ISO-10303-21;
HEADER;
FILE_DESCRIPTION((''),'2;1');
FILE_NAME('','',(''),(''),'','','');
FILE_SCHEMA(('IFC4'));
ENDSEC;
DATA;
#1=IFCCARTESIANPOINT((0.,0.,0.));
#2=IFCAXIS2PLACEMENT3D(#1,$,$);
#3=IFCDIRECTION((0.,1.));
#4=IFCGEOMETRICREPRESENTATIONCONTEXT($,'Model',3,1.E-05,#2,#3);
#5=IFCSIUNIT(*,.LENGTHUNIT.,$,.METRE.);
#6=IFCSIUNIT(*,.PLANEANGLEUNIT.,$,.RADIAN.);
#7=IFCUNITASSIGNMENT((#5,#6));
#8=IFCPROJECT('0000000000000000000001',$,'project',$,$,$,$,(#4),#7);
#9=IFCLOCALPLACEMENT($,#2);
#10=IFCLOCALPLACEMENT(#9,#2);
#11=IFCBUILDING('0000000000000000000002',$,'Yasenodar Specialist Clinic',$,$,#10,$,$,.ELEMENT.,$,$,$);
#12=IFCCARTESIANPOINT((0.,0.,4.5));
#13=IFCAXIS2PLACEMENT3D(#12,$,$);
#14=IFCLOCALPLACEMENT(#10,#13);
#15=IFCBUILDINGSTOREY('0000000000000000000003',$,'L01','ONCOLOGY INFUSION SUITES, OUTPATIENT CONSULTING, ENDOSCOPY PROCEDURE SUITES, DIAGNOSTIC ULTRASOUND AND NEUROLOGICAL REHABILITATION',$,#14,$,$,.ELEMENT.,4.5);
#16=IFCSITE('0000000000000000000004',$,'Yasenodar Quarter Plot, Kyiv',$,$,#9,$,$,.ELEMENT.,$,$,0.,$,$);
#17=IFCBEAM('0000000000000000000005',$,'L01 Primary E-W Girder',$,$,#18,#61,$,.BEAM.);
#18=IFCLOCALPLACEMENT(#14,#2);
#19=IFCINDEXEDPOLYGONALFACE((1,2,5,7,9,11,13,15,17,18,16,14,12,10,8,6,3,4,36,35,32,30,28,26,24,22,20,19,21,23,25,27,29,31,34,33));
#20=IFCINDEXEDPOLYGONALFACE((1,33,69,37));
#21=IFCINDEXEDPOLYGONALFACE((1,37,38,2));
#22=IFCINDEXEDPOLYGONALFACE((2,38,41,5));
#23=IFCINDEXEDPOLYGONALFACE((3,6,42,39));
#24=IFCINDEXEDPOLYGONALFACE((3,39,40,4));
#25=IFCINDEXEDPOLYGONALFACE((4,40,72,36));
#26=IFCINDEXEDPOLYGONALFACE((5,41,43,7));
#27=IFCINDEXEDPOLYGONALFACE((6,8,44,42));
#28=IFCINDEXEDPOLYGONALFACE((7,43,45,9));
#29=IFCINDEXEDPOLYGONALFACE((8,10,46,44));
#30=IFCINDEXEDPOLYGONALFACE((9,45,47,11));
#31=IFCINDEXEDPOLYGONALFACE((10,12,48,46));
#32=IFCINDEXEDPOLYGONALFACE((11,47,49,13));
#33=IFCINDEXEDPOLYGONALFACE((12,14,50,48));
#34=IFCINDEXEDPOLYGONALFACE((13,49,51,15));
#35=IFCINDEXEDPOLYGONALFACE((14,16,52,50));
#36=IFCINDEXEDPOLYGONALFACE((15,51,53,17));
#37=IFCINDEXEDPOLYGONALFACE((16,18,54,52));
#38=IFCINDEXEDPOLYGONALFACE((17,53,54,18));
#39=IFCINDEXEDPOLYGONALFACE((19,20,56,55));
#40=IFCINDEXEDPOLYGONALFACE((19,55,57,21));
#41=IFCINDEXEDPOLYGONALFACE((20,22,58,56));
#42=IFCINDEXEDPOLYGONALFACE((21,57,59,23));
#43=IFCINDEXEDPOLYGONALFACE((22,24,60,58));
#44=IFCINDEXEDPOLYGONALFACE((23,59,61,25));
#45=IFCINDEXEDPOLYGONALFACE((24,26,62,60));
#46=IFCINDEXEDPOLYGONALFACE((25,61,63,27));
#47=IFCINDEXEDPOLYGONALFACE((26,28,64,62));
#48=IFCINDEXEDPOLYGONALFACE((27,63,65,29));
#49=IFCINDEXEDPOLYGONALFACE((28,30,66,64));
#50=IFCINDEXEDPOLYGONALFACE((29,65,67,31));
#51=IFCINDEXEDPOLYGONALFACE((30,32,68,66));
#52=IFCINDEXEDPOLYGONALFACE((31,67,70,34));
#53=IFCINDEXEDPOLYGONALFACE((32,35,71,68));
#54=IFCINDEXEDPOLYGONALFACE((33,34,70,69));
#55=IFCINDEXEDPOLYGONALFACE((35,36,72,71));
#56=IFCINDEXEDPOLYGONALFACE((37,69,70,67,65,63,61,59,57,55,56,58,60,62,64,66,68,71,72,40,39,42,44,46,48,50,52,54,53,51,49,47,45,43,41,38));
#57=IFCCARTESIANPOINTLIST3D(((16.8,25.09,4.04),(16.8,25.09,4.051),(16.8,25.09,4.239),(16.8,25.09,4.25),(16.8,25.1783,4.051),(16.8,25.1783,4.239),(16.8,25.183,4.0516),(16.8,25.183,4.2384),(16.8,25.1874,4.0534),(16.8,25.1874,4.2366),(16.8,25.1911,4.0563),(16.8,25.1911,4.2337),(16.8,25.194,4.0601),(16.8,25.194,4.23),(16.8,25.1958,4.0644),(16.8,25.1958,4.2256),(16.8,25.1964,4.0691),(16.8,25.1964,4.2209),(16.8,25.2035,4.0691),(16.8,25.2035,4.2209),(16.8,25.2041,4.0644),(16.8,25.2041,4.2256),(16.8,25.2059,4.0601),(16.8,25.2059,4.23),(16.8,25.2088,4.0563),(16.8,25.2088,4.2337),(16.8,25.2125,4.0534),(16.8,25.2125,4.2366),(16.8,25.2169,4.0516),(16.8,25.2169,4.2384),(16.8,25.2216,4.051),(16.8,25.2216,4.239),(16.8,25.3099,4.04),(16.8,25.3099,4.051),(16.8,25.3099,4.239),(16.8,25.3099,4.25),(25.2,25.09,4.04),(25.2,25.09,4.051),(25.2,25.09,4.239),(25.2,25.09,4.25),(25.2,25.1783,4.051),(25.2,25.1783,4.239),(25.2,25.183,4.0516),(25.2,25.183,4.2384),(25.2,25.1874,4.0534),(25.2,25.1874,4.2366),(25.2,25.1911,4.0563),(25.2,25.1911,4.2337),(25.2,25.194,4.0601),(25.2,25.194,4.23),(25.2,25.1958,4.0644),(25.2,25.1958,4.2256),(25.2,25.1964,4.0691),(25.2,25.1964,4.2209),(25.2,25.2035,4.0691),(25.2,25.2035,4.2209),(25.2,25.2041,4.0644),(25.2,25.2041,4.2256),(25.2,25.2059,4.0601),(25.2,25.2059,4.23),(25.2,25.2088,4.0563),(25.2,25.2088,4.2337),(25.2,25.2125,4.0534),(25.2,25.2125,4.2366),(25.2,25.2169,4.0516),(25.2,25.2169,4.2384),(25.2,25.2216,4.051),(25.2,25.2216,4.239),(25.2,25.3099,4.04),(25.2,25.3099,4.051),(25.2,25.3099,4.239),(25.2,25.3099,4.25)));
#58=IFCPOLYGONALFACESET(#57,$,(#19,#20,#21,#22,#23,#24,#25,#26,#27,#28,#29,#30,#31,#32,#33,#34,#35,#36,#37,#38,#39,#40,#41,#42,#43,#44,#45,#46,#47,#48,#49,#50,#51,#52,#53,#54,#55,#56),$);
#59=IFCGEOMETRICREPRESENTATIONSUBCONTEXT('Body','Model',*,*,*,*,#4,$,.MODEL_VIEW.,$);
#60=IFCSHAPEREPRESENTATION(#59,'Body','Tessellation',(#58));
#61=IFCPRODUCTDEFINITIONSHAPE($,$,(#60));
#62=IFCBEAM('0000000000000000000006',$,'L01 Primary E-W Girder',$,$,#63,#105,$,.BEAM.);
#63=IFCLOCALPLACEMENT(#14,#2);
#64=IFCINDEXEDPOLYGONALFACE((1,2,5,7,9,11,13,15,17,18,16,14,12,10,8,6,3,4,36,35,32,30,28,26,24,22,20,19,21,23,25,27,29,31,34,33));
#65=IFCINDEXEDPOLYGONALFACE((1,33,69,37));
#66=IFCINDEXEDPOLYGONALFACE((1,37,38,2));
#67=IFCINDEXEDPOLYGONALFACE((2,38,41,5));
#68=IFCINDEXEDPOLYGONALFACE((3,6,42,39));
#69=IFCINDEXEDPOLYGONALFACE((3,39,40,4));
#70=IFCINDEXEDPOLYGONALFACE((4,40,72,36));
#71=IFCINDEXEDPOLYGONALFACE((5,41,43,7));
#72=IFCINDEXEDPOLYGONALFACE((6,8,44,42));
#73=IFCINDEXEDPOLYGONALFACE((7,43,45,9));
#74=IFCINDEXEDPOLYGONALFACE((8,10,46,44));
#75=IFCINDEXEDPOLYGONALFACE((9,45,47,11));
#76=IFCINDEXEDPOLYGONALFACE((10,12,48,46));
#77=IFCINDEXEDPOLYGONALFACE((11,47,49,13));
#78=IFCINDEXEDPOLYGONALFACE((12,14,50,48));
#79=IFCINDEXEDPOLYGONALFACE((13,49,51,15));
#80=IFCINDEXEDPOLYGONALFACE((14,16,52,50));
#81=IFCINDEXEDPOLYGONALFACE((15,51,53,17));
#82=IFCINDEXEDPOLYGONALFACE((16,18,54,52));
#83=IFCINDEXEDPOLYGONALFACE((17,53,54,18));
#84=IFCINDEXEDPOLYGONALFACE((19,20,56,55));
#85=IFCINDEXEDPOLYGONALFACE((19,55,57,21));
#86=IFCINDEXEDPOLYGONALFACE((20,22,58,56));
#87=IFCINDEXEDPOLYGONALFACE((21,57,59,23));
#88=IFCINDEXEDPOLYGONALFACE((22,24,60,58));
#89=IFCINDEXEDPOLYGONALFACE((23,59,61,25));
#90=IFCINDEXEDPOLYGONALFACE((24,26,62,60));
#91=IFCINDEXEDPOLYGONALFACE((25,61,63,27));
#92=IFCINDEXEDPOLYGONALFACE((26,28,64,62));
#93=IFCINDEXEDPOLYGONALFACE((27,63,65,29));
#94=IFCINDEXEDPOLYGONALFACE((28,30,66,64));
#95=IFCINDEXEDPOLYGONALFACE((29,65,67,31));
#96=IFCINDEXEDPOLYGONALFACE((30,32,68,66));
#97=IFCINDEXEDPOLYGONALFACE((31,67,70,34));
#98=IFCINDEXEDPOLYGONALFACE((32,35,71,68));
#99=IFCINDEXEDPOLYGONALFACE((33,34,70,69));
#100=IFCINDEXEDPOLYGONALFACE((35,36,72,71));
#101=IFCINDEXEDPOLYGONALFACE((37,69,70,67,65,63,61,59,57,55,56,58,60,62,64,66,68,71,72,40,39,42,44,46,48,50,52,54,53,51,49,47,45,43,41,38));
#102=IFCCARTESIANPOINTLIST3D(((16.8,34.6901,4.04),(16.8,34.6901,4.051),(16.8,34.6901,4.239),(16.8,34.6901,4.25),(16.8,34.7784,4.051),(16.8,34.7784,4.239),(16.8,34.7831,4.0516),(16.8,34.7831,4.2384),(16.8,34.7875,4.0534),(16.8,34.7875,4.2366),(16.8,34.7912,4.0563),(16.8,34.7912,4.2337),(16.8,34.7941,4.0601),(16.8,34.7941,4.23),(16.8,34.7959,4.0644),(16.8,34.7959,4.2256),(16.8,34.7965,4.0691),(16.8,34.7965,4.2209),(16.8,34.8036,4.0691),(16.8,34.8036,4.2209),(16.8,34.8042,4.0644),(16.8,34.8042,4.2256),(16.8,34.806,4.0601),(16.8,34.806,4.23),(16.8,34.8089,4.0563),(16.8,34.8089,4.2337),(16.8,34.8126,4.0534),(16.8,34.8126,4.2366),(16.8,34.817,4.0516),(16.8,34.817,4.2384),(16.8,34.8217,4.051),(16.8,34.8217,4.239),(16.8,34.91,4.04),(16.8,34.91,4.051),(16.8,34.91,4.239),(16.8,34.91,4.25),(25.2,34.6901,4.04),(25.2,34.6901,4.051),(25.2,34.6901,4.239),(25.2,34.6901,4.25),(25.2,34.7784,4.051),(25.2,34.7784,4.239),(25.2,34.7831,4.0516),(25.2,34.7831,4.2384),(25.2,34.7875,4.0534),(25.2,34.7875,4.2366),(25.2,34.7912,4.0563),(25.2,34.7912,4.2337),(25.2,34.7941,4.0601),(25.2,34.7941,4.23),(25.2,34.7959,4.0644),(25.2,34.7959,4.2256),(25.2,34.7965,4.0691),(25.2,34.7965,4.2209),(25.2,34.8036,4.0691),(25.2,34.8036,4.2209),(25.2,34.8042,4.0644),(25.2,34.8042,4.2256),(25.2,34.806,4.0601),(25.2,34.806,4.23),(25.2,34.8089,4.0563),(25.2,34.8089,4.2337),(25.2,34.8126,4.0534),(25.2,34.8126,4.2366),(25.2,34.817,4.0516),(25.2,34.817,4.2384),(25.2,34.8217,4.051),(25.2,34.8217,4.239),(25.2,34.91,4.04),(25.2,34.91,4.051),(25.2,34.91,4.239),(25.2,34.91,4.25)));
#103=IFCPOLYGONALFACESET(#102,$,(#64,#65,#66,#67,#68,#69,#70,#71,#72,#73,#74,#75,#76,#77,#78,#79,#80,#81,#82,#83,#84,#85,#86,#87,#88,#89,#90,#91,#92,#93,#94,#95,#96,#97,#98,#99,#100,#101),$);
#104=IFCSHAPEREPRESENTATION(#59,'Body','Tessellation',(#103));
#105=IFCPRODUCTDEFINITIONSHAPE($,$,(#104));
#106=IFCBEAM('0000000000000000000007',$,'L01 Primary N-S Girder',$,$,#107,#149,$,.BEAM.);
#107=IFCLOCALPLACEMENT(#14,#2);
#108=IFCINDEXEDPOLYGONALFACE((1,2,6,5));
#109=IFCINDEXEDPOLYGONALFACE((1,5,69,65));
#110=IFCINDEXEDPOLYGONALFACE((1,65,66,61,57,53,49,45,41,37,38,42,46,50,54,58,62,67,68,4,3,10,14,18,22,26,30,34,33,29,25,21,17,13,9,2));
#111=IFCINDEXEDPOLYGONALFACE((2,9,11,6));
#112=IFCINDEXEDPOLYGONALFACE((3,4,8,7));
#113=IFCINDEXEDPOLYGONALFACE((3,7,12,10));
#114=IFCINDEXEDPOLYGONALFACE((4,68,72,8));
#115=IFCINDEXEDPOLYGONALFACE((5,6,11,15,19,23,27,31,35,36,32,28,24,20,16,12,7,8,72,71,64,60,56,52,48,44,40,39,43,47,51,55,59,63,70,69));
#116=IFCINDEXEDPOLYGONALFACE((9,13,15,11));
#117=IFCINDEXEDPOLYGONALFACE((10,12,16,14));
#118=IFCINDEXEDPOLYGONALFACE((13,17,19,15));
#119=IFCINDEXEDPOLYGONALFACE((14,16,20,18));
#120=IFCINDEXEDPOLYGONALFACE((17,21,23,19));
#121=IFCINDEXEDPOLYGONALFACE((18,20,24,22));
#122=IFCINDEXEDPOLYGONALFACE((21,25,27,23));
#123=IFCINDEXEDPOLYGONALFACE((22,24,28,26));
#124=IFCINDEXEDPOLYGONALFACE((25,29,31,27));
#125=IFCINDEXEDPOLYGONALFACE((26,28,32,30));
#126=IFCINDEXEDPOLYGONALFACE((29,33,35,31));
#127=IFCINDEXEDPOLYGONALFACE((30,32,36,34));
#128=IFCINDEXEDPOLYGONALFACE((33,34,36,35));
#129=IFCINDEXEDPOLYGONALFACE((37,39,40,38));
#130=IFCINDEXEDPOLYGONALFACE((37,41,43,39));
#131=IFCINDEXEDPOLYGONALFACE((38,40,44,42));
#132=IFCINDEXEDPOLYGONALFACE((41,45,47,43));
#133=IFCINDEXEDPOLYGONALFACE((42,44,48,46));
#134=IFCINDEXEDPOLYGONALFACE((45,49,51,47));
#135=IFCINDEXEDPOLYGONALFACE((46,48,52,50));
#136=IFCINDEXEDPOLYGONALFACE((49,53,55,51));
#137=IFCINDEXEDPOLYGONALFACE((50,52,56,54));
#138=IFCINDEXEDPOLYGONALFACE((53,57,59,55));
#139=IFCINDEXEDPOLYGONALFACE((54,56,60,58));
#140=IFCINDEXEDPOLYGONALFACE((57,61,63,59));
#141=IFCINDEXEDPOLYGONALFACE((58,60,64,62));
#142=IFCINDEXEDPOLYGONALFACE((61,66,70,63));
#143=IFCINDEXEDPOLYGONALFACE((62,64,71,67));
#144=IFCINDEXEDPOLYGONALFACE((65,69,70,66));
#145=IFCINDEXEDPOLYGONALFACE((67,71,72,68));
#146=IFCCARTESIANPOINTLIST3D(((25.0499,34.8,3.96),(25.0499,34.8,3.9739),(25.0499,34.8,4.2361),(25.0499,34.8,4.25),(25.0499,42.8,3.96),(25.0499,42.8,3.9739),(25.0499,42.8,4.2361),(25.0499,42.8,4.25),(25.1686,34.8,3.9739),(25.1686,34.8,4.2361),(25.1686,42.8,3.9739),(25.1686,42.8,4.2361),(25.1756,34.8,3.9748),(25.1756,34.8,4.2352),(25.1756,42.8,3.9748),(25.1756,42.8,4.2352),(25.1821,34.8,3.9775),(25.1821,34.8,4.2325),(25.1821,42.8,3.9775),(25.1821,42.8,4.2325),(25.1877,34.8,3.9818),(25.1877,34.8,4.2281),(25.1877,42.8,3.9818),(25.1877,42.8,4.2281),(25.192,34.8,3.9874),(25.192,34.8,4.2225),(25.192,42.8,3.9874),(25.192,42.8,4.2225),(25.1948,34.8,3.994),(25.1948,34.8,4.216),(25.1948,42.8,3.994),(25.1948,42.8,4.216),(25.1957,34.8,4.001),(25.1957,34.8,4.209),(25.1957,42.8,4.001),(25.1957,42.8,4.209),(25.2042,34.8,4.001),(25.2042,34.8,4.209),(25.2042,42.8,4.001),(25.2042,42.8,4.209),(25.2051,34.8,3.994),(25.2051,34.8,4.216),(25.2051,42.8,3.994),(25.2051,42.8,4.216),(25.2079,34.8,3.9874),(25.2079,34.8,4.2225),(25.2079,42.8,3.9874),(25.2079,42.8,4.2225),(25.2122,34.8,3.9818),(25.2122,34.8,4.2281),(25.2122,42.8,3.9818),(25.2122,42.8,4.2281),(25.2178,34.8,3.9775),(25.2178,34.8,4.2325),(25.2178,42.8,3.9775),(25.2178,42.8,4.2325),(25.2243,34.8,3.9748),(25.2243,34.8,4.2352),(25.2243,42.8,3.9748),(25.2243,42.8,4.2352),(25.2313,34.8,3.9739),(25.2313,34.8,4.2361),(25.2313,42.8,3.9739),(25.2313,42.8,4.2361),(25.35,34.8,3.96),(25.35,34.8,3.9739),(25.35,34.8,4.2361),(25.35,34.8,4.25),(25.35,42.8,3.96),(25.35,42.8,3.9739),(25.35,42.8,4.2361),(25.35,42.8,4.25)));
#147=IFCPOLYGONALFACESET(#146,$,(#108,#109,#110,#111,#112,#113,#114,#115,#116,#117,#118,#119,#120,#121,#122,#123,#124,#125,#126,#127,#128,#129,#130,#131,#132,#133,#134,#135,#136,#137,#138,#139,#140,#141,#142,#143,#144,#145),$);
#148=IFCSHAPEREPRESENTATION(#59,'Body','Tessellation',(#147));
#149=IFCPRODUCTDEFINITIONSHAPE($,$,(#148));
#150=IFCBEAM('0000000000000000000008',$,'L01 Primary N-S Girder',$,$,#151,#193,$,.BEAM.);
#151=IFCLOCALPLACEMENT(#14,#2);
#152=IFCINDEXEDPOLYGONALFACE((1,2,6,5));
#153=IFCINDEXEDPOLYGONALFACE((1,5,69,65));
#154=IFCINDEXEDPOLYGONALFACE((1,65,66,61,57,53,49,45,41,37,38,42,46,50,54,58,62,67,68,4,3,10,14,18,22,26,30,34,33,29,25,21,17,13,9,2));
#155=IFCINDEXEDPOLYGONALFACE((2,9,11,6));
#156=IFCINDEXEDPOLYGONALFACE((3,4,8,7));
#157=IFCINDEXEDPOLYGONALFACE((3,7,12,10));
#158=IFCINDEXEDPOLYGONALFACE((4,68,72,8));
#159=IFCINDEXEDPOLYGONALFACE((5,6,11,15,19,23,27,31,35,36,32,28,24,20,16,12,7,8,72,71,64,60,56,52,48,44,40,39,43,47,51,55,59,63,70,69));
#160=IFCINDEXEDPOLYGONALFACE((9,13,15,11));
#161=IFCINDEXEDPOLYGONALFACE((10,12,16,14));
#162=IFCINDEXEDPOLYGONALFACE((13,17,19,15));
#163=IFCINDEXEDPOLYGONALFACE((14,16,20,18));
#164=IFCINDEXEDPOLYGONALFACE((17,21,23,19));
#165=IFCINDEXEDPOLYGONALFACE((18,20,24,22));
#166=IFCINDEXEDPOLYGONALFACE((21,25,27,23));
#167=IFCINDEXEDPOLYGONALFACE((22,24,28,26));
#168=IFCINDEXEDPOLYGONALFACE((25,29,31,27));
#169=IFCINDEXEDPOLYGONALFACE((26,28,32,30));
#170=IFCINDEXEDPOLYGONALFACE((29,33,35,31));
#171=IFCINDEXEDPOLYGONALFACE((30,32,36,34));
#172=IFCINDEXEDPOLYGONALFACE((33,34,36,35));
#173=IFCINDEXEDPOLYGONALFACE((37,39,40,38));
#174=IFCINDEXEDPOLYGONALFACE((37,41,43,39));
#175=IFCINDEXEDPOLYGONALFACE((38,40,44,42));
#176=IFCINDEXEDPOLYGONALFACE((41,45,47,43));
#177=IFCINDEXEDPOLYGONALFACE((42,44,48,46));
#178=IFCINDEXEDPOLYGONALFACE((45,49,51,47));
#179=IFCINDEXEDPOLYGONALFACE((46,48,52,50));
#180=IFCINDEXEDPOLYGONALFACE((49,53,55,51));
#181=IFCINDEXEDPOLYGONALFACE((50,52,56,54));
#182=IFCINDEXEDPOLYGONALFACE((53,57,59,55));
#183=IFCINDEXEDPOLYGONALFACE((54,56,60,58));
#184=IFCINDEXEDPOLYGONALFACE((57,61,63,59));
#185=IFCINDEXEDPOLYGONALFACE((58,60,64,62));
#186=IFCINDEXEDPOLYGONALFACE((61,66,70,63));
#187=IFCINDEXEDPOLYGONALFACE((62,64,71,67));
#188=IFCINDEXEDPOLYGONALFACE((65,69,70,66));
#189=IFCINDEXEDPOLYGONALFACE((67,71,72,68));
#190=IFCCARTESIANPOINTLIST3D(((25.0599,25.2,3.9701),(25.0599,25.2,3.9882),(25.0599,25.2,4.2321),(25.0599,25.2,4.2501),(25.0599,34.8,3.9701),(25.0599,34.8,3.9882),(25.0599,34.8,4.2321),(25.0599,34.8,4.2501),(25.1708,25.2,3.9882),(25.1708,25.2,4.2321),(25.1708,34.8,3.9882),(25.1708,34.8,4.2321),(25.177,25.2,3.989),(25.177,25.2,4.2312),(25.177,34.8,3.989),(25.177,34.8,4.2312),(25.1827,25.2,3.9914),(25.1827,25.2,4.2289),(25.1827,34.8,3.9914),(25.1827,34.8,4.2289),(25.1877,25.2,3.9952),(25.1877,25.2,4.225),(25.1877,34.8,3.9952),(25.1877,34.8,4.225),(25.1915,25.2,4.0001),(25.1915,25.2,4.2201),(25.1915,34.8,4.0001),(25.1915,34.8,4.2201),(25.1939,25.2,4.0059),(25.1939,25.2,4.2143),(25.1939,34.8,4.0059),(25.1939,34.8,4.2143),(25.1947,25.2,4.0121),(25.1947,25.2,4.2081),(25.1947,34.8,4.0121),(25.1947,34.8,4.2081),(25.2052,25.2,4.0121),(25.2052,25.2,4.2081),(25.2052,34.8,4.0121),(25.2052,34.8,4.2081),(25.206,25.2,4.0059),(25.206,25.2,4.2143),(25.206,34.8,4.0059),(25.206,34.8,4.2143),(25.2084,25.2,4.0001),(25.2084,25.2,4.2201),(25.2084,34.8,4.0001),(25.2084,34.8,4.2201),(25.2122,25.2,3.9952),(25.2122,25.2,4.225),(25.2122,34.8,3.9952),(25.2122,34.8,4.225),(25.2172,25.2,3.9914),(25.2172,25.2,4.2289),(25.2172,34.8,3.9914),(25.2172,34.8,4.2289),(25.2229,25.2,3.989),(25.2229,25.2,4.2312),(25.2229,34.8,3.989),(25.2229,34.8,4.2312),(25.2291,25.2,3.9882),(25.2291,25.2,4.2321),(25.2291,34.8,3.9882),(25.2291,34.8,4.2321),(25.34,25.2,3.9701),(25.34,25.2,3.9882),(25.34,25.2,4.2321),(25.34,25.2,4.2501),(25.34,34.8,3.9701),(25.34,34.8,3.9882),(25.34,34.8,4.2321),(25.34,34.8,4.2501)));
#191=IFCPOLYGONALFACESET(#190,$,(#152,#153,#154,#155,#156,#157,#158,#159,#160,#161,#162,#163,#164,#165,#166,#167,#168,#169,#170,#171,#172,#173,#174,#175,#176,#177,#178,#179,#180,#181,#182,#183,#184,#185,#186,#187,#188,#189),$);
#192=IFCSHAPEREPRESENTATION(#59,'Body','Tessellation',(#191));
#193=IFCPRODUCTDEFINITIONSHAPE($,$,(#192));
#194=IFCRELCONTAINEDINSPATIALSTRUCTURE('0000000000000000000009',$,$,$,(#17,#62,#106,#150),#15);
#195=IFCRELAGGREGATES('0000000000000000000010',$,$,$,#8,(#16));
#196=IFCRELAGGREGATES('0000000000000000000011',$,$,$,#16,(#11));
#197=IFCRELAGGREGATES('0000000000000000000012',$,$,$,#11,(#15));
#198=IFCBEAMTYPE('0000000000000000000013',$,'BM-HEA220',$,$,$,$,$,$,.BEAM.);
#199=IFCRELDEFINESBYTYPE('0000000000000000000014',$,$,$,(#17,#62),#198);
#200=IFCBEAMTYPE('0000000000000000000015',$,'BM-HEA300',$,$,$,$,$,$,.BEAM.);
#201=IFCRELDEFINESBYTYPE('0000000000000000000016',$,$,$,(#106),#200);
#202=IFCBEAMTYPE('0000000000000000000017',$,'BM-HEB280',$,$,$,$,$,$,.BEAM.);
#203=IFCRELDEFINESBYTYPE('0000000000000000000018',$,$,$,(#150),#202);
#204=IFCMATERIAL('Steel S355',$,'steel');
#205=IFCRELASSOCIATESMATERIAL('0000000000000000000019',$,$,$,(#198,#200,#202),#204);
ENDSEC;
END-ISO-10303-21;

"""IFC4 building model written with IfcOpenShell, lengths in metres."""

from ifc_helpers import new_model, si_unit, direction, frame, origin, origin_2d, place, context, subcontext, project, spatial, i_section, extrude, material, material_profile, profile_set, type_object, element, save


model = new_model("IFC4")

# Units and contexts
model_context = context("Model", 3, precision=1e-05, world=origin(), true_north=direction((0.0, 1.0)))
body_context = subcontext(model_context, "Body", "Model", "MODEL_VIEW")
ifc_project = project(units=[si_unit("LENGTHUNIT", "METRE"), si_unit("PLANEANGLEUNIT", "RADIAN")], contexts=[model_context])

# Site, building, storey
site_placement = place(None, origin())
site = spatial("IfcSite", under=ifc_project, at=site_placement, Name="Yasenodar Quarter Plot, Kyiv", CompositionType="ELEMENT", RefElevation=0.0)
building_placement = place(site_placement, origin())
building = spatial("IfcBuilding", under=site, at=building_placement, Name="Yasenodar Specialist Clinic", CompositionType="ELEMENT")
storey_placement = place(building_placement, frame((0.0, 0.0, 4.5)))
storey = spatial("IfcBuildingStorey", under=building, at=storey_placement, Name="L01", Description="ONCOLOGY INFUSION SUITES, OUTPATIENT CONSULTING, ENDOSCOPY PROCEDURE SUITES, DIAGNOSTIC ULTRASOUND AND NEUROLOGICAL REHABILITATION", CompositionType="ELEMENT", Elevation=4.5)

# Shared definitions
ifc_material_1 = material(Name="Steel S355", Category="steel")

# Beams
ifc_material_profile_1 = material_profile(ifc_material_1, i_section(OverallWidth=0.22, OverallDepth=0.21, WebThickness=0.0071, FlangeThickness=0.011, FilletRadius=0.0181, at=origin_2d()), Name="HEA 220")
ifc_profile_set_1 = profile_set([ifc_material_profile_1], Name="Steel S355")
beam_type_1 = type_object("IfcBeamType", Name="BM-HEA220", PredefinedType="BEAM", material=ifc_profile_set_1)
for number, where, z_axis, x_axis, name in (
    (1, (16.8, 25.2, 4.145), (1.0, 0.0, 0.0), (0.0, 1.0, 0.0), "L01 Primary E-W Girder"),
    (2, (16.8, 34.8, 4.145), (1.0, 0.0, 0.0), (0.0, 1.0, 0.0), "L01 Primary E-W Girder"),
):
    element("IfcBeam", number, at=place(storey_placement, frame(where, z_axis=z_axis, x_axis=x_axis)), inside=storey, type_object=beam_type_1, Name=name, PredefinedType="BEAM", context=body_context, shape_type="SweptSolid", body=[
        extrude(i_section(OverallWidth=0.22, OverallDepth=0.21, WebThickness=0.0071, FlangeThickness=0.011, FilletRadius=0.0181, at=origin_2d()), origin(), (0.0, 0.0, 1.0), 8.3999),
    ])
ifc_material_profile_2 = material_profile(ifc_material_1, i_section(OverallWidth=0.3, OverallDepth=0.29, WebThickness=0.0085, FlangeThickness=0.0139, FilletRadius=0.0271, at=origin_2d()), Name="HEA 300")
ifc_profile_set_2 = profile_set([ifc_material_profile_2], Name="Steel S355")
beam_type_2 = type_object("IfcBeamType", Name="BM-HEA300", PredefinedType="BEAM", material=ifc_profile_set_2)
beam_1_placement = place(storey_placement, frame((25.2, 34.8, 4.105), z_axis=(0.0, 1.0, 0.0), x_axis=(-1.0, 0.0, 0.0)))
element("IfcBeam", 3, at=beam_1_placement, inside=storey, type_object=beam_type_2, Name="L01 Primary N-S Girder", PredefinedType="BEAM", context=body_context, shape_type="SweptSolid", body=[
    extrude(i_section(OverallWidth=0.3, OverallDepth=0.29, WebThickness=0.0085, FlangeThickness=0.0139, FilletRadius=0.0271, at=origin_2d()), origin(), (0.0, 0.0, 1.0), 8.0),
])
ifc_material_profile_3 = material_profile(ifc_material_1, i_section(OverallWidth=0.28, OverallDepth=0.28, WebThickness=0.0105, FlangeThickness=0.0181, FilletRadius=0.0239, at=origin_2d()), Name="HEB 280")
ifc_profile_set_3 = profile_set([ifc_material_profile_3], Name="Steel S355")
beam_type_3 = type_object("IfcBeamType", Name="BM-HEB280", PredefinedType="BEAM", material=ifc_profile_set_3)
beam_2_placement = place(storey_placement, frame((25.2, 25.2, 4.1101), z_axis=(0.0, 1.0, 0.0), x_axis=(-1.0, 0.0, 0.0)))
element("IfcBeam", 4, at=beam_2_placement, inside=storey, type_object=beam_type_3, Name="L01 Primary N-S Girder", PredefinedType="BEAM", context=body_context, shape_type="SweptSolid", body=[
    extrude(i_section(OverallWidth=0.28, OverallDepth=0.28, WebThickness=0.0105, FlangeThickness=0.0181, FilletRadius=0.0239, at=origin_2d()), origin(), (0.0, 0.0, 1.0), 9.6001),
])

save(model, "model.ifc")
